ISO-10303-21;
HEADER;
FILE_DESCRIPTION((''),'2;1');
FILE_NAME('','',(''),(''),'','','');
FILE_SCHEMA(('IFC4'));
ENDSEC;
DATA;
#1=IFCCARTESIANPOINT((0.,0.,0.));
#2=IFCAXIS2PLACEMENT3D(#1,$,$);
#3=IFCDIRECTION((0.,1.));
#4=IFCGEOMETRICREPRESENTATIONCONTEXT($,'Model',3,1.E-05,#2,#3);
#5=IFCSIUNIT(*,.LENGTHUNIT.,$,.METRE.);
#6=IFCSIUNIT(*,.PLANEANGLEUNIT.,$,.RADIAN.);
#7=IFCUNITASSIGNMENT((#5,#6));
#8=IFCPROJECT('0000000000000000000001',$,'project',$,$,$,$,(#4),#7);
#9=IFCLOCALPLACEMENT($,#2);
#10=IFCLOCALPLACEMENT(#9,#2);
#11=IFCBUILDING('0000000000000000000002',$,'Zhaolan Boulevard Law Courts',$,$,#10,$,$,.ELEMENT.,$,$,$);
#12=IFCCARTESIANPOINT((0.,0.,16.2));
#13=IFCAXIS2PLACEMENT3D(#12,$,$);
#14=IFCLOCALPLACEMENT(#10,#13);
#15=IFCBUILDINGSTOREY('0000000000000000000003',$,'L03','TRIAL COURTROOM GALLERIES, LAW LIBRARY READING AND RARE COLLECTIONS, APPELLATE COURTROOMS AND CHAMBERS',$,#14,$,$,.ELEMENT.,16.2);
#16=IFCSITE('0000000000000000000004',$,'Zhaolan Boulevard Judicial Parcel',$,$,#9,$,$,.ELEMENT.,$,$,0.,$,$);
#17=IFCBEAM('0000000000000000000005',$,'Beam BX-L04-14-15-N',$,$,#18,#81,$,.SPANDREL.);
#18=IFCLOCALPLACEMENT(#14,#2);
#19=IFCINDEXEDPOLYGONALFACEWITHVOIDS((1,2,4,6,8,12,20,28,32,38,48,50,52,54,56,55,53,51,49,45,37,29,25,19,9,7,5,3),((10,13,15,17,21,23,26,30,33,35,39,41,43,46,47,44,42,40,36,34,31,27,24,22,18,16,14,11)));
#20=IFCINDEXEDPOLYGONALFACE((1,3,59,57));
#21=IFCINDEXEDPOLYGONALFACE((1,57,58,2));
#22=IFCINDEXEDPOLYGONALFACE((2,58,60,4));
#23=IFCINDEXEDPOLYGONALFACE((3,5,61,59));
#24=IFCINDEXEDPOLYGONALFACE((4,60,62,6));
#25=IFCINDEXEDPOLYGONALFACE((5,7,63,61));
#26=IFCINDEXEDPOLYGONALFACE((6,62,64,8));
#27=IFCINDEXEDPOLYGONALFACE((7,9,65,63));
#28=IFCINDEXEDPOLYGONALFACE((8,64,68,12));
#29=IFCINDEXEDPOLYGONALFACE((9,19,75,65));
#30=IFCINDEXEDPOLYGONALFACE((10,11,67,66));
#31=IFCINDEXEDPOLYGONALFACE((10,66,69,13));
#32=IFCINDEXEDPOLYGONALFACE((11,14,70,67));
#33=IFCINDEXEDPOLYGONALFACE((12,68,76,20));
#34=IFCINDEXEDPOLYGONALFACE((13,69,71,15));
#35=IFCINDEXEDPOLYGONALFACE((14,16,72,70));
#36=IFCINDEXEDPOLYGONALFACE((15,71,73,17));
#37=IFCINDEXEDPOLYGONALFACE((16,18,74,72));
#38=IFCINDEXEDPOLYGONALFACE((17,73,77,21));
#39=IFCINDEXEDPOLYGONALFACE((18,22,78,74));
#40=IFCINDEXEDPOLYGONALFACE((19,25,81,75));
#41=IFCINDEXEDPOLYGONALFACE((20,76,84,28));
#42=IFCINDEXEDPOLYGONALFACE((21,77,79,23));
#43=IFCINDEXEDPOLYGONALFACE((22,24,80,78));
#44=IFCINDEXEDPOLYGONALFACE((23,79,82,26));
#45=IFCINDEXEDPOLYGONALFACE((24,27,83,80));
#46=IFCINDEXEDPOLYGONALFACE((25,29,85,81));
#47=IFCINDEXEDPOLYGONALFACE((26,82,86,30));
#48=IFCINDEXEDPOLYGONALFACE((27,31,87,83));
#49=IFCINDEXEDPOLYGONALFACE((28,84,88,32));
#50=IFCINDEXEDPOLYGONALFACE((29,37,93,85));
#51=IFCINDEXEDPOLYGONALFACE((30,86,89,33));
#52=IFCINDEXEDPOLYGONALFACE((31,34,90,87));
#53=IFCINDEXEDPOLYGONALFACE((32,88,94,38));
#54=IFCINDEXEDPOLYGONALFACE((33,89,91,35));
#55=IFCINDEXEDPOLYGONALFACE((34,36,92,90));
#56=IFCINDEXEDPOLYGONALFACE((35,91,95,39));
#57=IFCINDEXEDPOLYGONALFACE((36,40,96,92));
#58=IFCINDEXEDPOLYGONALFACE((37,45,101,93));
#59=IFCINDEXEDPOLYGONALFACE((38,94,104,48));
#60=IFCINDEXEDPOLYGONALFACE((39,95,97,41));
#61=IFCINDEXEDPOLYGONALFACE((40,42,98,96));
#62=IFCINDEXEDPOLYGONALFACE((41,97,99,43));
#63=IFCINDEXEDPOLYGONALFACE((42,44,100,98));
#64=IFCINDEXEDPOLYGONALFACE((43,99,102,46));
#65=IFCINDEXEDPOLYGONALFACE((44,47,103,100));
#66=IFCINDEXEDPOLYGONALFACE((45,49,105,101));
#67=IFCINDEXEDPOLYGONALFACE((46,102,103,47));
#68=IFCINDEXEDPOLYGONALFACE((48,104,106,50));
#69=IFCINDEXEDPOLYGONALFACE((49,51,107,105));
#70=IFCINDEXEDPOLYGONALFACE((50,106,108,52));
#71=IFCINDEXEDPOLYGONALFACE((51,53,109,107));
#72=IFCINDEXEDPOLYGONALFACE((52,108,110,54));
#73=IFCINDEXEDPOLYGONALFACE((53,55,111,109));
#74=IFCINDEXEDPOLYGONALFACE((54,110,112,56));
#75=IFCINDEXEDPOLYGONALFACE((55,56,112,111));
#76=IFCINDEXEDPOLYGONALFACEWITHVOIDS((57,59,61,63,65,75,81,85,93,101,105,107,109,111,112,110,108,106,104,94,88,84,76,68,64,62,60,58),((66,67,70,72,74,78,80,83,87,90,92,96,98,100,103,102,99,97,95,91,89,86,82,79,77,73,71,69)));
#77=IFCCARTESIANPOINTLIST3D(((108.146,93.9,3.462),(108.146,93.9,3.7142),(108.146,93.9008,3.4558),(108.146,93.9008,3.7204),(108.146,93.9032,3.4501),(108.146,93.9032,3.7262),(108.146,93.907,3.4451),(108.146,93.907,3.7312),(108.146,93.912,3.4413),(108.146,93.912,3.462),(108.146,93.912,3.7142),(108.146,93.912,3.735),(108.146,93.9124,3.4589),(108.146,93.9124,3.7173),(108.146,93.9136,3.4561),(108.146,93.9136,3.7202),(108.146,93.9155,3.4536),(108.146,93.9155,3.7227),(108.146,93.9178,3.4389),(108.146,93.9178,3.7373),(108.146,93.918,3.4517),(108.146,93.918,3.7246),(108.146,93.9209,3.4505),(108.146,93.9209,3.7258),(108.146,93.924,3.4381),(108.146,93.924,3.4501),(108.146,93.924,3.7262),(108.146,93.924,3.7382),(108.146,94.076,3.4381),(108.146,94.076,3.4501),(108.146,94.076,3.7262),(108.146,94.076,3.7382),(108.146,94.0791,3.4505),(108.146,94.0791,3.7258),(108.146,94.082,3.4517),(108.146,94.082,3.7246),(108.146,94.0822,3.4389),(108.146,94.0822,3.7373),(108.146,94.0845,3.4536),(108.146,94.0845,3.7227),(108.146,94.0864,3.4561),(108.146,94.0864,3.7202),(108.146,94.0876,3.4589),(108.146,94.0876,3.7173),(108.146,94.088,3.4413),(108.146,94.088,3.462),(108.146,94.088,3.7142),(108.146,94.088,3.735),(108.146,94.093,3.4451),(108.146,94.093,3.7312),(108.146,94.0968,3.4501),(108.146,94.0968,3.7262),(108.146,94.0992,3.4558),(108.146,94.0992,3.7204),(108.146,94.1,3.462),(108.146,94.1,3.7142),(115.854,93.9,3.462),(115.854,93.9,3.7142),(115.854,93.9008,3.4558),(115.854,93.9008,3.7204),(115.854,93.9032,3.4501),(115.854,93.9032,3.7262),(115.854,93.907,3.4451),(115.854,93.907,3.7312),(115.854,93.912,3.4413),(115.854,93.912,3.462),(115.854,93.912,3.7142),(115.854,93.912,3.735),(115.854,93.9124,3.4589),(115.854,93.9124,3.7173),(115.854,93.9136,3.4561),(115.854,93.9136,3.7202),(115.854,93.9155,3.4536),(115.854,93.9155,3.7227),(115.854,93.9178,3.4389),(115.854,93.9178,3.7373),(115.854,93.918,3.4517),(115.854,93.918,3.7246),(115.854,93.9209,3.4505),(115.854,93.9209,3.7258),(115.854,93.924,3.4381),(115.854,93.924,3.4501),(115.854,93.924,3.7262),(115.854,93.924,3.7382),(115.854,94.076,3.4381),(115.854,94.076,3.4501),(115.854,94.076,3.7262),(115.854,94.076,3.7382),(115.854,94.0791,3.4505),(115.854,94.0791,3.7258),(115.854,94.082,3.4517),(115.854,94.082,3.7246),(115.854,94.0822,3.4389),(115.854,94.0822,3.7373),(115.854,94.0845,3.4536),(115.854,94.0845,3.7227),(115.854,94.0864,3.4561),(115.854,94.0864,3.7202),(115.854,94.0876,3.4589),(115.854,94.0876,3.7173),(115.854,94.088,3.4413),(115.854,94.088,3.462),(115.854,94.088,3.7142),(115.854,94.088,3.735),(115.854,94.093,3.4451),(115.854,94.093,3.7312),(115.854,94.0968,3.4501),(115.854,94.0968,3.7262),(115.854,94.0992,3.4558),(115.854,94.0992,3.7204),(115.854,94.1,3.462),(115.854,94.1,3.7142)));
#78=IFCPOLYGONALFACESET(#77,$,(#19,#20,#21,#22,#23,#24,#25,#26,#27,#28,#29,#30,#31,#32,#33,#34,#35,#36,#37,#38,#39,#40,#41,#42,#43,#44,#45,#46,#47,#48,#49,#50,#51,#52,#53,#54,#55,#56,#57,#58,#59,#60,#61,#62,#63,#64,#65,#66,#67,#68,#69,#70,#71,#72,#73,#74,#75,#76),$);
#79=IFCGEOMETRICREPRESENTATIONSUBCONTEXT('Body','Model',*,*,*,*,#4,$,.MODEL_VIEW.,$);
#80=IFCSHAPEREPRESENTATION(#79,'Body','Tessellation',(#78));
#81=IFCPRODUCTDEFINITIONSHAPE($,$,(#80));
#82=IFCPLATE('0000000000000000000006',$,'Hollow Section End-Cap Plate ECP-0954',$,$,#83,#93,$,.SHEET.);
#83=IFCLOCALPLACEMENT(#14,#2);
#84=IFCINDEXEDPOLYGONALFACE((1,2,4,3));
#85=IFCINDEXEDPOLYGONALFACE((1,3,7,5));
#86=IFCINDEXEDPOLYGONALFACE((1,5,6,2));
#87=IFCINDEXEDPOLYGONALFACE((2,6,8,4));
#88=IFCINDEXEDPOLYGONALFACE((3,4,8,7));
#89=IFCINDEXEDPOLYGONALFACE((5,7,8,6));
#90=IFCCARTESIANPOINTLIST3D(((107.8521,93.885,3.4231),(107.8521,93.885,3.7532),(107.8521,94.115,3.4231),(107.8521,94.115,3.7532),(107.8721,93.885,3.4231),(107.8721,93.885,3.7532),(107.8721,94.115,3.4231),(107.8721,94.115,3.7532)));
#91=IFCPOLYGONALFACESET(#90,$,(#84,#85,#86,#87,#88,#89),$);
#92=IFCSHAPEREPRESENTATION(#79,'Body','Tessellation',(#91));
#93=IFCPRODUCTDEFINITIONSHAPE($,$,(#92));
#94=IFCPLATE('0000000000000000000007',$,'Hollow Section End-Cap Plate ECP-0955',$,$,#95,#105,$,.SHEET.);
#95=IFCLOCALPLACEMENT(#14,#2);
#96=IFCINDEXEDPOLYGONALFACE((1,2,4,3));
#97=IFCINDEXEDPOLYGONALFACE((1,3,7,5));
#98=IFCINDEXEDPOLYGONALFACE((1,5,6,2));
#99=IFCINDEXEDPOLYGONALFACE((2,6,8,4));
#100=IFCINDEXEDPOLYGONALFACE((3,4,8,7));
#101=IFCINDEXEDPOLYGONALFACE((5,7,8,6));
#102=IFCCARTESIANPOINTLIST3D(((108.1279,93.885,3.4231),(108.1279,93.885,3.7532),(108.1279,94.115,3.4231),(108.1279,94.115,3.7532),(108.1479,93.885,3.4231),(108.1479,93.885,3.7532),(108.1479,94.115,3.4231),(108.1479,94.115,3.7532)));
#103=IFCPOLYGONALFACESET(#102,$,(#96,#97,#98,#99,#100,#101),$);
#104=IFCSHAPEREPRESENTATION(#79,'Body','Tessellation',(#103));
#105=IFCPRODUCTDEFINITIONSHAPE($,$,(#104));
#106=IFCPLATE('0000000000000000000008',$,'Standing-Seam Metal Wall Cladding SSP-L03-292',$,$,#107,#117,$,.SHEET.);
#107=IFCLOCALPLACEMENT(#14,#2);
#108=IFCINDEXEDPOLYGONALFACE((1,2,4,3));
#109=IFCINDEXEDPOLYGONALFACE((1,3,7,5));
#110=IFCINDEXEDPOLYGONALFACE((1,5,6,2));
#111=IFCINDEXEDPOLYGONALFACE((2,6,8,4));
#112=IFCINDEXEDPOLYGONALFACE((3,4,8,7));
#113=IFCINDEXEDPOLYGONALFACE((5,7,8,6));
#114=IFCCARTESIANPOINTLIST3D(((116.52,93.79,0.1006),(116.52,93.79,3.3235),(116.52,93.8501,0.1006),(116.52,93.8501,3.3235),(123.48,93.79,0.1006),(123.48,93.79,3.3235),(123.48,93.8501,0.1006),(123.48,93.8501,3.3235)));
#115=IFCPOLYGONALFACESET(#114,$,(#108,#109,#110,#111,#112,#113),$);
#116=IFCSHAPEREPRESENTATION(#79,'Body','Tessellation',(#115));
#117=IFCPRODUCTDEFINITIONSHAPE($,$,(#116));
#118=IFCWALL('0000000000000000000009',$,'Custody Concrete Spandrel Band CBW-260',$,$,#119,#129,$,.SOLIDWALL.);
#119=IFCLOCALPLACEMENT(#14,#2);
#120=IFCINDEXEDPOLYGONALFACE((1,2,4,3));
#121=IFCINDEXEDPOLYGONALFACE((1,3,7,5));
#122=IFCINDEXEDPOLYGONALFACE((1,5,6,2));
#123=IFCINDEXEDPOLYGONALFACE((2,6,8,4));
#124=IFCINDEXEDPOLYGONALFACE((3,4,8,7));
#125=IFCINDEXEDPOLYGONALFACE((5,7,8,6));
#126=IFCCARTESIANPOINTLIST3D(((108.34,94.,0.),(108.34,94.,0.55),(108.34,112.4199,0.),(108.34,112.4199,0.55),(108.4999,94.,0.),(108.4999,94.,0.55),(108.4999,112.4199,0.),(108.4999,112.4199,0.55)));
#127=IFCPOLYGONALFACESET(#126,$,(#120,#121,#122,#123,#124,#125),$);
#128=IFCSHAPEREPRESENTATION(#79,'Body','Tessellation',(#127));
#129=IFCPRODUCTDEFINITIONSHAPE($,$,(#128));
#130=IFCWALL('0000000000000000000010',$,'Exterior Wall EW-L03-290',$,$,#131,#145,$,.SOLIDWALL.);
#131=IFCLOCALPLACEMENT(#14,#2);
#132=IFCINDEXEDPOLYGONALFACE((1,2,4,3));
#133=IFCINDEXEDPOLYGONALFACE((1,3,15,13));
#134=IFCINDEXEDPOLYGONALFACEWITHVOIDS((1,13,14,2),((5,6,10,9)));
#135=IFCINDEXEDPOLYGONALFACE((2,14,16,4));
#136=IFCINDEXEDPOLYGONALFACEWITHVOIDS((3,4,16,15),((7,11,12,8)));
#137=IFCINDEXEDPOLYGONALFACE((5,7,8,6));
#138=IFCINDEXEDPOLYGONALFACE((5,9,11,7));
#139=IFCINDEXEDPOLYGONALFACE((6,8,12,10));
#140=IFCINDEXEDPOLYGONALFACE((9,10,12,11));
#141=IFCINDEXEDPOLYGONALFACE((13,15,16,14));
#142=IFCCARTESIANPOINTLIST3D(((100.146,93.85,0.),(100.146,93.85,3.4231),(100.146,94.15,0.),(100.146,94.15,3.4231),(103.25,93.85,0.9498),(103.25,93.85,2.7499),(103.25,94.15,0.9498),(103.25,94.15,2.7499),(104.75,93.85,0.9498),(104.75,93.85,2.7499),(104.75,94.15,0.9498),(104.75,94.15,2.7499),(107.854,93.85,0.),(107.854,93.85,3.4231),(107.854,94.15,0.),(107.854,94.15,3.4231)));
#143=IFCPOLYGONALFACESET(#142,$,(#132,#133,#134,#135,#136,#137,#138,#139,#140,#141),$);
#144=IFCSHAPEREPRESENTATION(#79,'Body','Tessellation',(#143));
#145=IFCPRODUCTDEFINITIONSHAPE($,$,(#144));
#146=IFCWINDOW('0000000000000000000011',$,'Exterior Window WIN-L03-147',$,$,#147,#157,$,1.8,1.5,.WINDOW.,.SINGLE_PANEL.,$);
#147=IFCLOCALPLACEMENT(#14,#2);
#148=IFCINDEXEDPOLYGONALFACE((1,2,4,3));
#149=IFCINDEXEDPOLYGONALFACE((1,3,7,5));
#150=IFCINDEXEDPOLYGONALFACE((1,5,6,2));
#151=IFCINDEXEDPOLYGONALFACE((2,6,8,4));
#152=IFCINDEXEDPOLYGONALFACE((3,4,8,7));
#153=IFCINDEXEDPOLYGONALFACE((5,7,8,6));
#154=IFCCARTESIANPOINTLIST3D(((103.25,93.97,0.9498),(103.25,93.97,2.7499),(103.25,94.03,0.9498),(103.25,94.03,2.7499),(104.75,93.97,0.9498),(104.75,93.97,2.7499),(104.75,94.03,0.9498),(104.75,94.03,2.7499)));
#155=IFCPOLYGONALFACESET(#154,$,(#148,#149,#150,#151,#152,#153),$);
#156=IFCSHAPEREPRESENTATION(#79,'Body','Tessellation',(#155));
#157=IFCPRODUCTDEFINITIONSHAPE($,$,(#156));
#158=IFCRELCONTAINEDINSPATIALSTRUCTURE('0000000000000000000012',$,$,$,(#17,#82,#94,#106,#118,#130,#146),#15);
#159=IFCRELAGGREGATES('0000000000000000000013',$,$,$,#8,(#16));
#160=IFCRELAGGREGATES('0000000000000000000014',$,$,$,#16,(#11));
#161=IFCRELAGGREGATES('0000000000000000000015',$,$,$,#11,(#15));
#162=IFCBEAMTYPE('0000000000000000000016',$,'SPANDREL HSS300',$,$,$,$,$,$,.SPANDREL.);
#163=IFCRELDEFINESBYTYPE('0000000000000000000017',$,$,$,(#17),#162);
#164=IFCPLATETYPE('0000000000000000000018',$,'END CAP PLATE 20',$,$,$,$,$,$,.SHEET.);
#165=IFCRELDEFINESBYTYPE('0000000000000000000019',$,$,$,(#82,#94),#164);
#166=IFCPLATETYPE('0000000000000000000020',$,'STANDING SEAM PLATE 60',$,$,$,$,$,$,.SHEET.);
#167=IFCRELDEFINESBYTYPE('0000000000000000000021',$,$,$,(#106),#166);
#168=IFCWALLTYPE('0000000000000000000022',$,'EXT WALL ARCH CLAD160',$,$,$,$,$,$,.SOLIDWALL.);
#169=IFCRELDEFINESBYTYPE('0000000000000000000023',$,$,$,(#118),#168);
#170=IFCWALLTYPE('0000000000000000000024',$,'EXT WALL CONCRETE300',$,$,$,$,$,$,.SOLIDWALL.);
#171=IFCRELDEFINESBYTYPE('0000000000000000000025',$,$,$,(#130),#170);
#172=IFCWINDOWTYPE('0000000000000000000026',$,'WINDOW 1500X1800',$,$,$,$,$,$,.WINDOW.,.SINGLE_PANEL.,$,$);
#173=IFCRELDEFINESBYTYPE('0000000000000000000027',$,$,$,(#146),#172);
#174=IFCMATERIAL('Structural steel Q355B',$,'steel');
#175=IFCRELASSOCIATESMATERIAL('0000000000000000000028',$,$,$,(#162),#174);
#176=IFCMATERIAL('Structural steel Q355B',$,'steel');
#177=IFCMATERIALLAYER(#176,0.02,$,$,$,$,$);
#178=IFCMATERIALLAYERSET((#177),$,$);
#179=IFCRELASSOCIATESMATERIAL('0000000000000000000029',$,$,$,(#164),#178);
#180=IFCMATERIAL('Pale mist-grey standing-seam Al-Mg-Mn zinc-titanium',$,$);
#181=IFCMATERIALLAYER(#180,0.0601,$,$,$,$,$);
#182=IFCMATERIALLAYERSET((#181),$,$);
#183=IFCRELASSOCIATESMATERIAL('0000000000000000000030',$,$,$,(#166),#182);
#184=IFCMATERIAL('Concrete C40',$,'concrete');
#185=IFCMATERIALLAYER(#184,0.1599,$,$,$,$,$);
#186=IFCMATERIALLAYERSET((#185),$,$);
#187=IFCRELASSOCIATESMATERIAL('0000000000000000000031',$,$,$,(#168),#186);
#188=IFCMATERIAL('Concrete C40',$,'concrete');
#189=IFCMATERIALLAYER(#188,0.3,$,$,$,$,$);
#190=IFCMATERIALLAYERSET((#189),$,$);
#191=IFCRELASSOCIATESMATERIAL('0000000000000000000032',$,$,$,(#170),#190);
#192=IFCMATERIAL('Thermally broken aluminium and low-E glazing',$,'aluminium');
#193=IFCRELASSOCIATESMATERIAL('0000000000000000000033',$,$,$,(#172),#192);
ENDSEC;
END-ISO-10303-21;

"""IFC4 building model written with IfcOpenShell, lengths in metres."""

from ifc_helpers import new_model, si_unit, direction, frame, frame_2d, origin, origin_2d, place, context, subcontext, project, spatial, rectangle, hollow_rectangle, extrude, material, layer, layer_set, material_profile, profile_set, type_object, element, fill, save


model = new_model("IFC4")

# Units and contexts
model_context = context("Model", 3, precision=1e-05, world=origin(), true_north=direction((0.0, 1.0)))
body_context = subcontext(model_context, "Body", "Model", "MODEL_VIEW")
ifc_project = project(units=[si_unit("LENGTHUNIT", "METRE"), si_unit("PLANEANGLEUNIT", "RADIAN")], contexts=[model_context])

# Site, building, storey
site_placement = place(None, origin())
site = spatial("IfcSite", under=ifc_project, at=site_placement, Name="Zhaolan Boulevard Judicial Parcel", CompositionType="ELEMENT", RefElevation=0.0)
building_placement = place(site_placement, origin())
building = spatial("IfcBuilding", under=site, at=building_placement, Name="Zhaolan Boulevard Law Courts", CompositionType="ELEMENT")
storey_placement = place(building_placement, frame((0.0, 0.0, 16.2)))
storey = spatial("IfcBuildingStorey", under=building, at=storey_placement, Name="L03", Description="TRIAL COURTROOM GALLERIES, LAW LIBRARY READING AND RARE COLLECTIONS, APPELLATE COURTROOMS AND CHAMBERS", CompositionType="ELEMENT", Elevation=16.2)

# Beam
ifc_material_1 = material(Name="Structural steel Q355B", Category="steel")
ifc_material_profile_1 = material_profile(ifc_material_1, hollow_rectangle(XDim=0.2, YDim=0.3, WallThickness=0.012, InnerFilletRadius=0.012, OuterFilletRadius=0.0239, at=origin_2d()), Name="HSS300x200x12")
ifc_profile_set_1 = profile_set([ifc_material_profile_1], Name="Structural steel Q355B")
beam_type_1 = type_object("IfcBeamType", Name="SPANDREL HSS300", PredefinedType="SPANDREL", material=ifc_profile_set_1)
beam_placement = place(storey_placement, frame((108.146, 94.0, 3.5881), z_axis=(1.0, 0.0, 0.0), x_axis=(0.0, 1.0, 0.0)))
element("IfcBeam", 1, at=beam_placement, inside=storey, type_object=beam_type_1, Name="Beam BX-L04-14-15-N", PredefinedType="SPANDREL", context=body_context, shape_type="SweptSolid", body=[
    extrude(hollow_rectangle(XDim=0.2, YDim=0.3, WallThickness=0.012, InnerFilletRadius=0.012, OuterFilletRadius=0.0239, at=origin_2d()), origin(), (0.0, 0.0, 1.0), 7.708),
])

# Plates
ifc_material_2 = material(Name="Structural steel Q355B", Category="steel")
ifc_layer_1 = layer(ifc_material_2, 0.02)
ifc_layer_set_1 = layer_set([ifc_layer_1])
plate_type_1 = type_object("IfcPlateType", Name="END CAP PLATE 20", PredefinedType="SHEET", material=ifc_layer_set_1)
for number, where, z_axis, x_axis, name in (
    (2, (107.8621, 94.0, 3.4231), (0.0, 0.0, 1.0), (1.0, 0.0, 0.0), "Hollow Section End-Cap Plate ECP-0954"),
    (3, (108.1379, 94.0, 3.4231), (0.0, 0.0, 1.0), (1.0, 0.0, 0.0), "Hollow Section End-Cap Plate ECP-0955"),
):
    element("IfcPlate", number, at=place(storey_placement, frame(where, z_axis=z_axis, x_axis=x_axis)), inside=storey, type_object=plate_type_1, Name=name, PredefinedType="SHEET", context=body_context, shape_type="SweptSolid", body=[
        extrude(rectangle(XDim=0.02, YDim=0.23, at=origin_2d()), origin(), (0.0, 0.0, 1.0), 0.3301),
    ])
ifc_material_3 = material(Name="Pale mist-grey standing-seam Al-Mg-Mn zinc-titanium")
ifc_layer_2 = layer(ifc_material_3, 0.0601)
ifc_layer_set_2 = layer_set([ifc_layer_2])
plate_type_2 = type_object("IfcPlateType", Name="STANDING SEAM PLATE 60", PredefinedType="SHEET", material=ifc_layer_set_2)
plate_placement = place(storey_placement, frame((120.0, 93.8201, 0.1006), z_axis=(0.0, 0.0, 1.0), x_axis=(-1.0, 0.0, 0.0)))
element("IfcPlate", 4, at=plate_placement, inside=storey, type_object=plate_type_2, Name="Standing-Seam Metal Wall Cladding SSP-L03-292", PredefinedType="SHEET", context=body_context, shape_type="SweptSolid", body=[
    extrude(rectangle(XDim=6.96, YDim=0.0601, at=origin_2d()), origin(), (0.0, 0.0, 1.0), 3.2229),
])

# Wall
ifc_material_4 = material(Name="Concrete C40", Category="concrete")
ifc_layer_3 = layer(ifc_material_4, 0.1599)
ifc_layer_set_3 = layer_set([ifc_layer_3])
wall_type_1 = type_object("IfcWallType", Name="EXT WALL ARCH CLAD160", PredefinedType="SOLIDWALL", material=ifc_layer_set_3)
wall_1_placement = place(storey_placement, frame((108.4199, 94.0, 0.0), z_axis=(0.0, 0.0, 1.0), x_axis=(0.0, 1.0, 0.0)))
element("IfcWall", 5, at=wall_1_placement, inside=storey, type_object=wall_type_1, Name="Custody Concrete Spandrel Band CBW-260", PredefinedType="SOLIDWALL", context=body_context, shape_type="SweptSolid", body=[
    extrude(rectangle(XDim=18.4199, YDim=0.1599, at=frame_2d((9.21, 0.0))), origin(), (0.0, 0.0, 1.0), 0.55),
])

# Wall, opening, window
ifc_material_5 = material(Name="Concrete C40", Category="concrete")
ifc_layer_4 = layer(ifc_material_5, 0.3)
ifc_layer_set_4 = layer_set([ifc_layer_4])
wall_type_2 = type_object("IfcWallType", Name="EXT WALL CONCRETE300", PredefinedType="SOLIDWALL", material=ifc_layer_set_4)
wall_2_placement = place(storey_placement, frame((107.854, 94.0, 0.0), z_axis=(0.0, 0.0, 1.0), x_axis=(-1.0, 0.0, 0.0)))
wall_2 = element("IfcWall", 6, at=wall_2_placement, inside=storey, type_object=wall_type_2, Name="Exterior Wall EW-L03-290", PredefinedType="SOLIDWALL", context=body_context, shape_type="SweptSolid", body=[
    extrude(rectangle(XDim=7.708, YDim=0.3, at=frame_2d((3.854, 0.0))), origin(), (0.0, 0.0, 1.0), 3.4231),
])
opening_1_placement = place(wall_2_placement, frame((3.104, 0.0, 0.95)))
opening_1 = element("IfcOpeningElement", 7, at=opening_1_placement, cuts=wall_2, PredefinedType="OPENING", context=body_context, shape_type="SweptSolid", body=[
    extrude(rectangle(XDim=1.5, YDim=1.8, at=frame_2d((0.75, 0.8999))), frame((0.0, 0.1599, 0.0), z_axis=(0.0, -1.0, 0.0), x_axis=(1.0, 0.0, 0.0)), (0.0, 0.0, 1.0), 0.3201),
])
ifc_material_6 = material(Name="Thermally broken aluminium and low-E glazing", Category="aluminium")
window_type_1 = type_object("IfcWindowType", Name="WINDOW 1500X1800", PartitioningType="SINGLE_PANEL", PredefinedType="WINDOW", material=ifc_material_6)
window_1_placement = place(opening_1_placement, origin())
window_1 = element("IfcWindow", 8, at=window_1_placement, inside=storey, type_object=window_type_1, Name="Exterior Window WIN-L03-147", OverallHeight=1.8, OverallWidth=1.5, PartitioningType="SINGLE_PANEL", PredefinedType="WINDOW", context=body_context, shape_type="SweptSolid", body=[
    extrude(rectangle(XDim=1.5, YDim=1.8, at=frame_2d((0.75, 0.8999))), frame((0.0, 0.03, 0.0), z_axis=(0.0, -1.0, 0.0), x_axis=(1.0, 0.0, 0.0)), (0.0, 0.0, 1.0), 0.0601),
])
fill(opening_1, window_1)

save(model, "model.ifc")
